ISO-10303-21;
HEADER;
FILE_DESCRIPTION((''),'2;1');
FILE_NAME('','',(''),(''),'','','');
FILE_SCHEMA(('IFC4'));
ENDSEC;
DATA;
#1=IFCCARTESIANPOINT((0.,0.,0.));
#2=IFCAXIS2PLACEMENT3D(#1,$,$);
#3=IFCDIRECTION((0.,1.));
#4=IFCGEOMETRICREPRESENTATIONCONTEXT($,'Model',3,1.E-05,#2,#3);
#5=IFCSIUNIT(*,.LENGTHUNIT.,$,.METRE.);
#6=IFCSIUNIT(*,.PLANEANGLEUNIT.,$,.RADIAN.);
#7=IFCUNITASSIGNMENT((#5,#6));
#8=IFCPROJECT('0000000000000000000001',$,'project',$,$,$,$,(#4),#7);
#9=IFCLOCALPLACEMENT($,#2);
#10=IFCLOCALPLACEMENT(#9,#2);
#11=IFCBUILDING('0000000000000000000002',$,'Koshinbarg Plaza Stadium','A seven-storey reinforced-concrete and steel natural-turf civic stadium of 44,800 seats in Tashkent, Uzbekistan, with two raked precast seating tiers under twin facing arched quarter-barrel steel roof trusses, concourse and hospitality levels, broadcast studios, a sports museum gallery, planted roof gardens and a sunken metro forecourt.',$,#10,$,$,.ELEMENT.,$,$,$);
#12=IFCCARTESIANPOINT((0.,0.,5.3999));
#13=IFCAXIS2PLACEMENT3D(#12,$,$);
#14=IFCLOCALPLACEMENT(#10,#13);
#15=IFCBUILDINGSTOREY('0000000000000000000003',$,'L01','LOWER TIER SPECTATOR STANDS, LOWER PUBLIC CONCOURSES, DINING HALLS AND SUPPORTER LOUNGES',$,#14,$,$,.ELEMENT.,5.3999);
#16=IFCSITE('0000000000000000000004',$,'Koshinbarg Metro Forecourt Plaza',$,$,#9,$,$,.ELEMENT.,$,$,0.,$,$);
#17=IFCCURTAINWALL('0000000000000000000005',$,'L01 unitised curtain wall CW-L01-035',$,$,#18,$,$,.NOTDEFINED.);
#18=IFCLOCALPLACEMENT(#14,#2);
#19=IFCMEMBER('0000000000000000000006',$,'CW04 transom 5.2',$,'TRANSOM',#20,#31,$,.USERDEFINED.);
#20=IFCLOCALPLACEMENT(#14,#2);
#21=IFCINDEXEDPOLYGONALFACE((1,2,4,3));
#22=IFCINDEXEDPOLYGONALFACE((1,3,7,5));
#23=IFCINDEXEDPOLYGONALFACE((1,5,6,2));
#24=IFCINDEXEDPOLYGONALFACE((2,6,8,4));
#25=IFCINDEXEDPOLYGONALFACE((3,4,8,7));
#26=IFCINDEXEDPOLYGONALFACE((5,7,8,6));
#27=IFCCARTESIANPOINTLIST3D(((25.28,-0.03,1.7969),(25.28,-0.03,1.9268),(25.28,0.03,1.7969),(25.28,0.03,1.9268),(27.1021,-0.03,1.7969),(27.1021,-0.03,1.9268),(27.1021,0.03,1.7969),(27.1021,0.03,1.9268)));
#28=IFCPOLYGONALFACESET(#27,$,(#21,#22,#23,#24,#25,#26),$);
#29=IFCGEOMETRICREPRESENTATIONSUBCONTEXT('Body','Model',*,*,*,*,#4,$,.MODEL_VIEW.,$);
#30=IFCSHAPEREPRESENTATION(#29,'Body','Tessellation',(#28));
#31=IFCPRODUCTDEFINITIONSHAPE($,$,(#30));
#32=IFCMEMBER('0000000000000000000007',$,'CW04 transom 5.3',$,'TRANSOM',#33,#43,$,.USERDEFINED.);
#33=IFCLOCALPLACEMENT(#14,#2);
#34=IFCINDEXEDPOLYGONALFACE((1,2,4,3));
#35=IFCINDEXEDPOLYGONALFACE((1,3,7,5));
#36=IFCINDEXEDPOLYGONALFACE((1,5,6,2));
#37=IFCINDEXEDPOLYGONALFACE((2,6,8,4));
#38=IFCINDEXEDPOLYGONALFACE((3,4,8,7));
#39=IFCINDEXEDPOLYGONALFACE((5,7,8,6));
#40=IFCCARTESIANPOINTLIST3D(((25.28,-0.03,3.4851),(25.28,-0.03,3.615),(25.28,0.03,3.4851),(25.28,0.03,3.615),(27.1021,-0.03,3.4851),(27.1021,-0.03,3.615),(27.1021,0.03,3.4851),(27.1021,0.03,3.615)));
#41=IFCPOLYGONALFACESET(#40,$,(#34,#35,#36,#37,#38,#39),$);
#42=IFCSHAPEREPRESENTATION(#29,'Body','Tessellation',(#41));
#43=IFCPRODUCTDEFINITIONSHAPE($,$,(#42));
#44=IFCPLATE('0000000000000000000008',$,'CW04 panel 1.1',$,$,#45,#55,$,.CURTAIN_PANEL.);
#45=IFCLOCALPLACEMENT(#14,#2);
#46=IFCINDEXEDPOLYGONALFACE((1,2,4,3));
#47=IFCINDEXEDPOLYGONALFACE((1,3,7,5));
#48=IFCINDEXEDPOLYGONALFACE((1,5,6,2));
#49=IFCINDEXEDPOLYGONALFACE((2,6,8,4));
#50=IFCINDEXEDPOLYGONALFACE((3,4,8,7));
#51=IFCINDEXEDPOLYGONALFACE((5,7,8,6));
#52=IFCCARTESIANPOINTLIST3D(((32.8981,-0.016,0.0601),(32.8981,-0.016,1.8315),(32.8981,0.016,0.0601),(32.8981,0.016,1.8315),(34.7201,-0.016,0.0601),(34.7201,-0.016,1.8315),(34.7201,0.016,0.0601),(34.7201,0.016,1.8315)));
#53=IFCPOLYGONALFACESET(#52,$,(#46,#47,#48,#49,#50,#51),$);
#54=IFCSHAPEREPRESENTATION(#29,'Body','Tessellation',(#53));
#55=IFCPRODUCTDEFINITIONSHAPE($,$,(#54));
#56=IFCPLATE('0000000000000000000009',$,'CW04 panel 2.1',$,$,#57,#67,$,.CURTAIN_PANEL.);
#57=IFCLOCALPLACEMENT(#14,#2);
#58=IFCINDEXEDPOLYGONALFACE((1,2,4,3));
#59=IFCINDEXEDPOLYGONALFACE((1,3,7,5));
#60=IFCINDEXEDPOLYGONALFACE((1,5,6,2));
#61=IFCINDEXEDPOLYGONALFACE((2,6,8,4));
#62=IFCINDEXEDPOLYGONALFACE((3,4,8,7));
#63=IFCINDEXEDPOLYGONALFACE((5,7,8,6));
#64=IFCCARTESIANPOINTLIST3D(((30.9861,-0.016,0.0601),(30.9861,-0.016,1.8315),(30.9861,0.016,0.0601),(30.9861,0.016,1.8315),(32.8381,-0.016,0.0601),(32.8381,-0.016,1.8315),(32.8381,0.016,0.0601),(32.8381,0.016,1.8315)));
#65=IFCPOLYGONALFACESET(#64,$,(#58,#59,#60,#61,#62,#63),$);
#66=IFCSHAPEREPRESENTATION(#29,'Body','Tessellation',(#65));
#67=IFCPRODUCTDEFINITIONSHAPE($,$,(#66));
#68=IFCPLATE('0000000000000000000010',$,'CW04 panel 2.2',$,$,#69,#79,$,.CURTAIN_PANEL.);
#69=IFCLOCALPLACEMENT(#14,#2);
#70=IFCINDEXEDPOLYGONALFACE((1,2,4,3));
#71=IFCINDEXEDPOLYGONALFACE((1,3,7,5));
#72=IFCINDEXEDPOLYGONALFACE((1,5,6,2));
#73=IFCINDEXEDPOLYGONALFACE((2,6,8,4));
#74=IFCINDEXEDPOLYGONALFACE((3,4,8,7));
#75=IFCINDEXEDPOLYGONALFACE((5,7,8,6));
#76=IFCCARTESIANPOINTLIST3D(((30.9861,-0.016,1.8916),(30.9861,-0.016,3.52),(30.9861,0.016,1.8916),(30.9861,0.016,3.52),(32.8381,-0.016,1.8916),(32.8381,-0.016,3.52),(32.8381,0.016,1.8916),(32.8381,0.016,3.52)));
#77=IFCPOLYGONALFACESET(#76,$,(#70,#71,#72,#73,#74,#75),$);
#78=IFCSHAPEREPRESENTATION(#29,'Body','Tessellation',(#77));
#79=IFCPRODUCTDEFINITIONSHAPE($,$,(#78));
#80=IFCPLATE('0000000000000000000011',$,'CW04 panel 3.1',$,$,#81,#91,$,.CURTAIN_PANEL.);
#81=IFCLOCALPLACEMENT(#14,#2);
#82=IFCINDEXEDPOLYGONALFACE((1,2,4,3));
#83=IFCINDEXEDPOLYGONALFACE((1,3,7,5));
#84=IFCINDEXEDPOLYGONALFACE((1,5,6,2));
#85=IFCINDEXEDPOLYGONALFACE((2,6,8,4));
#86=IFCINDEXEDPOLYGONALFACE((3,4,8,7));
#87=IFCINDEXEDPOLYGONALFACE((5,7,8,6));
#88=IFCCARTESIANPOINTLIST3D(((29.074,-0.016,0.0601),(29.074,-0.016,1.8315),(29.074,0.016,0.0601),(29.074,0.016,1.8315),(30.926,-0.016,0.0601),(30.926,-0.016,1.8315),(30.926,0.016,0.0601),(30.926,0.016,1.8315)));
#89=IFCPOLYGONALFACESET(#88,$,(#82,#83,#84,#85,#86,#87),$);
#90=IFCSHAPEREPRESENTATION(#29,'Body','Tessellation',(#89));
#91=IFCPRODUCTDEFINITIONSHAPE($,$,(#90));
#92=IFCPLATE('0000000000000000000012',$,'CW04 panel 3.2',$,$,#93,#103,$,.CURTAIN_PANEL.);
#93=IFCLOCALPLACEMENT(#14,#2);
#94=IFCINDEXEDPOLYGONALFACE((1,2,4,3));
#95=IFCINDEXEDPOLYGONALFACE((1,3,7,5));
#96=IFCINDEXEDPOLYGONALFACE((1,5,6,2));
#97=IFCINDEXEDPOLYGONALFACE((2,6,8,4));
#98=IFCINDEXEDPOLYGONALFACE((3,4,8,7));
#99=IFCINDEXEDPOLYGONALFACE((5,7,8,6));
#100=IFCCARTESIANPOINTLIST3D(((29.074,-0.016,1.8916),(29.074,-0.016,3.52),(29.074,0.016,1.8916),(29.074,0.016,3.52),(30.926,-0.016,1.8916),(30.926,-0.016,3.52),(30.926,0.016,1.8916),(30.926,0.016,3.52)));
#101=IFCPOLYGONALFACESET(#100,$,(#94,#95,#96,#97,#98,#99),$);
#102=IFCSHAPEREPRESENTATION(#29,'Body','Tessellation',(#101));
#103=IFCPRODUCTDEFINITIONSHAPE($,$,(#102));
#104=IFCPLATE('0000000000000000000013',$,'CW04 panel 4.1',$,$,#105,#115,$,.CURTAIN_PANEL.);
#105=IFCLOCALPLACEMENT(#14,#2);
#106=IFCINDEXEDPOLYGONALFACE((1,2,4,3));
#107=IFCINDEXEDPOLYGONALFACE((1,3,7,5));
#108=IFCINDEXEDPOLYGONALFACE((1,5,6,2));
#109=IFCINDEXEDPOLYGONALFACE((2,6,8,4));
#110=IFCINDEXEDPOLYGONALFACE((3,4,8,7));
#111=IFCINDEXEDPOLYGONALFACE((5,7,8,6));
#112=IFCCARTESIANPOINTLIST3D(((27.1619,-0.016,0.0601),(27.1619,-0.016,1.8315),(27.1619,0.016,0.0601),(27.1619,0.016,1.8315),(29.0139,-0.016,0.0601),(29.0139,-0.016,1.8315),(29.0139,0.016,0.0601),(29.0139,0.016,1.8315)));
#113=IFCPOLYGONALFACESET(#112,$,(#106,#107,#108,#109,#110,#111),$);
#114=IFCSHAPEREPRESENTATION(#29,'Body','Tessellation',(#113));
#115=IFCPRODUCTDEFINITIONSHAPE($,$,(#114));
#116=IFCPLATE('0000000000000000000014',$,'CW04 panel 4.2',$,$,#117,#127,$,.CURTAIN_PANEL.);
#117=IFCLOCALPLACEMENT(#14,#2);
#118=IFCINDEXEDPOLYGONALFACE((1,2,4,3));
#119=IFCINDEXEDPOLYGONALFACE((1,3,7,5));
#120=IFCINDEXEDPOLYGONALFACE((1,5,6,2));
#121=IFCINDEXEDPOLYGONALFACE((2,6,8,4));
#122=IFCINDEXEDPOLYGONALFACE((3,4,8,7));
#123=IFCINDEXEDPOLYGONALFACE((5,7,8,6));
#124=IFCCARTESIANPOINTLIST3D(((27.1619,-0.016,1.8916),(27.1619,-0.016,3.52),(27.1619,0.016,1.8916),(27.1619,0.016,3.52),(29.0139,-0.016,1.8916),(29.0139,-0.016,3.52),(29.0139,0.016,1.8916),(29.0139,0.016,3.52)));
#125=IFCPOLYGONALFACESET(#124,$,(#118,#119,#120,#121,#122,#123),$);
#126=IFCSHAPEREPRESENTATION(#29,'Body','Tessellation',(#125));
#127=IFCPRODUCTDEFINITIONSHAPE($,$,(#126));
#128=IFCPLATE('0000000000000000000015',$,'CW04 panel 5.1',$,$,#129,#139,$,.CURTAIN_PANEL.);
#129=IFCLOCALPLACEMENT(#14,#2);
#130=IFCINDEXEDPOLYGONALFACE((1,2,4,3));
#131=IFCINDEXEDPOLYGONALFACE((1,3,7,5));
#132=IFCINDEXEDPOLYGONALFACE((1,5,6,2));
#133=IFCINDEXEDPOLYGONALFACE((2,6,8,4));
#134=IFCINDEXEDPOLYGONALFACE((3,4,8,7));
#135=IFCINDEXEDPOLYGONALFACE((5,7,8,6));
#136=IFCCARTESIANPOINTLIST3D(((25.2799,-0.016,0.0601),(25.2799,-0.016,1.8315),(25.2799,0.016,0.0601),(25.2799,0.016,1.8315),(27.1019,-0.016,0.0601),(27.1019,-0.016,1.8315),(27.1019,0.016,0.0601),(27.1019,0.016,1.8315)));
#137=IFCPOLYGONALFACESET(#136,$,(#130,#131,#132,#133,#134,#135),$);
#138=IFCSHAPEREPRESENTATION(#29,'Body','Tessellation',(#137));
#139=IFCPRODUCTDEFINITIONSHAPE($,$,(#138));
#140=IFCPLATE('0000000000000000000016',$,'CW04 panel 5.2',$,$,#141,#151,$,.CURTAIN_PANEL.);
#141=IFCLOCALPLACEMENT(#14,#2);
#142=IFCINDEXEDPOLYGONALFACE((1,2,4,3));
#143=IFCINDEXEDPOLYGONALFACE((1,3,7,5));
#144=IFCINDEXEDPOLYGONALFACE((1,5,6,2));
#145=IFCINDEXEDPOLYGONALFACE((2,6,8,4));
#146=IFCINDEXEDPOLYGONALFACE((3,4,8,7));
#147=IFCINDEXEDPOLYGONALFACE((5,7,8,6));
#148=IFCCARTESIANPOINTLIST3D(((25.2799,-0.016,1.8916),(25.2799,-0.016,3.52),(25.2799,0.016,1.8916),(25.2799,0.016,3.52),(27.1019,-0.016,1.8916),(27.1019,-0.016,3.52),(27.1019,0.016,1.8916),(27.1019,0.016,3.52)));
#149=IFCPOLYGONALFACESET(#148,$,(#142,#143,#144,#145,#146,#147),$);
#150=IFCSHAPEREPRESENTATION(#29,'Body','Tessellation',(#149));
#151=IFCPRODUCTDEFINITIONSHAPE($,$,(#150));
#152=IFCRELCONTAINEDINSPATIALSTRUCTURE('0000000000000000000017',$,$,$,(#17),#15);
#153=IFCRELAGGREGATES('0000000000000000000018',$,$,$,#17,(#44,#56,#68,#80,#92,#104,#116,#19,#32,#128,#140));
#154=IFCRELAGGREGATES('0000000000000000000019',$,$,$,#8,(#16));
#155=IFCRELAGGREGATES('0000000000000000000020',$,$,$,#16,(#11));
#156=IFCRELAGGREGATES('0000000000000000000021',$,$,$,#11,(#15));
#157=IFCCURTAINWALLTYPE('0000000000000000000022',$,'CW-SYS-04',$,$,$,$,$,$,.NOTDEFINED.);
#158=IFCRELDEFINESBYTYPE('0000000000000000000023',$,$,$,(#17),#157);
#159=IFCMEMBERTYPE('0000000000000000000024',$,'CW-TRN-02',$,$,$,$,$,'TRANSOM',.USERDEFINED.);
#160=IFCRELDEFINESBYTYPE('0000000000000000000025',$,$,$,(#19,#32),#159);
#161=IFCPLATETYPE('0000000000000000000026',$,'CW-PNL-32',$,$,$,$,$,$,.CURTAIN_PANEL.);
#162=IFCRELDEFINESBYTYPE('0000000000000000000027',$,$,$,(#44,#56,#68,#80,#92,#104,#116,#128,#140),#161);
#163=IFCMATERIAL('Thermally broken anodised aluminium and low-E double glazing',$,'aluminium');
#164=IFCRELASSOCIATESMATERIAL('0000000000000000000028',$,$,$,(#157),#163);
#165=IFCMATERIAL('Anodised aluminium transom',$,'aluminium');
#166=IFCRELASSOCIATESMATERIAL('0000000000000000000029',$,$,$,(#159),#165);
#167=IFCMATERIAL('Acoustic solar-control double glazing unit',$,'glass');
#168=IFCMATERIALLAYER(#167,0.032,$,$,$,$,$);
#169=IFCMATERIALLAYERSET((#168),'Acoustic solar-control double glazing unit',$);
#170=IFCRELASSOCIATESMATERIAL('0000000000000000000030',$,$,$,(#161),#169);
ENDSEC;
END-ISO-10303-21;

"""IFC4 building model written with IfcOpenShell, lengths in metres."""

from ifc_helpers import new_model, si_unit, direction, frame, origin, origin_2d, place, context, subcontext, project, spatial, rectangle, extrude, material, layer, layer_set, material_profile, profile_set, type_object, element, aggregate, save


model = new_model("IFC4")

# Units and contexts
model_context = context("Model", 3, precision=1e-05, world=origin(), true_north=direction((0.0, 1.0)))
body_context = subcontext(model_context, "Body", "Model", "MODEL_VIEW")
ifc_project = project(units=[si_unit("LENGTHUNIT", "METRE"), si_unit("PLANEANGLEUNIT", "RADIAN")], contexts=[model_context])

# Site, building, storey
site_placement = place(None, origin())
site = spatial("IfcSite", under=ifc_project, at=site_placement, Name="Koshinbarg Metro Forecourt Plaza", CompositionType="ELEMENT", RefElevation=0.0)
building_placement = place(site_placement, origin())
building = spatial("IfcBuilding", under=site, at=building_placement, Name="Koshinbarg Plaza Stadium", Description="A seven-storey reinforced-concrete and steel natural-turf civic stadium of 44,800 seats in Tashkent, Uzbekistan, with two raked precast seating tiers under twin facing arched quarter-barrel steel roof trusses, concourse and hospitality levels, broadcast studios, a sports museum gallery, planted roof gardens and a sunken metro forecourt.", CompositionType="ELEMENT")
storey_placement = place(building_placement, frame((0.0, 0.0, 5.3999)))
storey = spatial("IfcBuildingStorey", under=building, at=storey_placement, Name="L01", Description="LOWER TIER SPECTATOR STANDS, LOWER PUBLIC CONCOURSES, DINING HALLS AND SUPPORTER LOUNGES", CompositionType="ELEMENT", Elevation=5.3999)

# Curtain wall, members, plates
ifc_material_1 = material(Name="Thermally broken anodised aluminium and low-E double glazing", Category="aluminium")
curtain_wall_type = type_object("IfcCurtainWallType", Name="CW-SYS-04", PredefinedType="NOTDEFINED", material=ifc_material_1)
curtain_wall_placement = place(storey_placement, origin())
curtain_wall = element("IfcCurtainWall", 1, at=curtain_wall_placement, inside=storey, type_object=curtain_wall_type, Name="L01 unitised curtain wall CW-L01-035", PredefinedType="NOTDEFINED")
ifc_material_2 = material(Name="Anodised aluminium transom", Category="aluminium")
ifc_material_profile_1 = material_profile(ifc_material_2, rectangle(XDim=0.0601, YDim=0.1299, at=origin_2d()), Name="ALU 60x130")
ifc_profile_set_1 = profile_set([ifc_material_profile_1], Name="Anodised aluminium transom")
member_type_1 = type_object("IfcMemberType", Name="CW-TRN-02", ElementType="TRANSOM", PredefinedType="USERDEFINED", material=ifc_profile_set_1)
member_1_placement = place(storey_placement, frame((27.1021, 0.0, 1.8618), z_axis=(-1.0, 0.0, 0.0), x_axis=(0.0, -1.0, 0.0)))
member_1 = element("IfcMember", 2, at=member_1_placement, type_object=member_type_1, Name="CW04 transom 5.2", ObjectType="TRANSOM", PredefinedType="USERDEFINED", context=body_context, shape_type="SweptSolid", body=[
    extrude(rectangle(XDim=0.0601, YDim=0.1299, at=origin_2d()), origin(), (0.0, 0.0, 1.0), 1.822),
])
member_2_placement = place(storey_placement, frame((27.1021, 0.0, 3.55), z_axis=(-1.0, 0.0, 0.0), x_axis=(0.0, -1.0, 0.0)))
member_2 = element("IfcMember", 3, at=member_2_placement, type_object=member_type_1, Name="CW04 transom 5.3", ObjectType="TRANSOM", PredefinedType="USERDEFINED", context=body_context, shape_type="SweptSolid", body=[
    extrude(rectangle(XDim=0.0601, YDim=0.1299, at=origin_2d()), origin(), (0.0, 0.0, 1.0), 1.822),
])
ifc_material_3 = material(Name="Acoustic solar-control double glazing unit", Category="glass")
ifc_layer = layer(ifc_material_3, 0.032)
ifc_layer_set = layer_set([ifc_layer], Name="Acoustic solar-control double glazing unit")
plate_type = type_object("IfcPlateType", Name="CW-PNL-32", PredefinedType="CURTAIN_PANEL", material=ifc_layer_set)
plate_1_placement = place(storey_placement, frame((33.8091, 0.0, 0.0601), z_axis=(0.0, 0.0, 1.0), x_axis=(-1.0, 0.0, 0.0)))
plate_1 = element("IfcPlate", 4, at=plate_1_placement, type_object=plate_type, Name="CW04 panel 1.1", PredefinedType="CURTAIN_PANEL", context=body_context, shape_type="SweptSolid", body=[
    extrude(rectangle(XDim=1.822, YDim=0.032, at=origin_2d()), origin(), (0.0, 0.0, 1.0), 1.7715),
])
plate_2_placement = place(storey_placement, frame((31.9121, 0.0, 0.0601), z_axis=(0.0, 0.0, 1.0), x_axis=(-1.0, 0.0, 0.0)))
plate_2 = element("IfcPlate", 5, at=plate_2_placement, type_object=plate_type, Name="CW04 panel 2.1", PredefinedType="CURTAIN_PANEL", context=body_context, shape_type="SweptSolid", body=[
    extrude(rectangle(XDim=1.8521, YDim=0.032, at=origin_2d()), origin(), (0.0, 0.0, 1.0), 1.7715),
])
plate_3_placement = place(storey_placement, frame((31.9121, 0.0, 1.8916), z_axis=(0.0, 0.0, 1.0), x_axis=(-1.0, 0.0, 0.0)))
plate_3 = element("IfcPlate", 6, at=plate_3_placement, type_object=plate_type, Name="CW04 panel 2.2", PredefinedType="CURTAIN_PANEL", context=body_context, shape_type="SweptSolid", body=[
    extrude(rectangle(XDim=1.8521, YDim=0.032, at=origin_2d()), origin(), (0.0, 0.0, 1.0), 1.6284),
])
plate_4_placement = place(storey_placement, frame((30.0, 0.0, 0.0601), z_axis=(0.0, 0.0, 1.0), x_axis=(-1.0, 0.0, 0.0)))
plate_4 = element("IfcPlate", 7, at=plate_4_placement, type_object=plate_type, Name="CW04 panel 3.1", PredefinedType="CURTAIN_PANEL", context=body_context, shape_type="SweptSolid", body=[
    extrude(rectangle(XDim=1.8521, YDim=0.032, at=origin_2d()), origin(), (0.0, 0.0, 1.0), 1.7715),
])
plate_5_placement = place(storey_placement, frame((30.0, 0.0, 1.8916), z_axis=(0.0, 0.0, 1.0), x_axis=(-1.0, 0.0, 0.0)))
plate_5 = element("IfcPlate", 8, at=plate_5_placement, type_object=plate_type, Name="CW04 panel 3.2", PredefinedType="CURTAIN_PANEL", context=body_context, shape_type="SweptSolid", body=[
    extrude(rectangle(XDim=1.8521, YDim=0.032, at=origin_2d()), origin(), (0.0, 0.0, 1.0), 1.6284),
])
plate_6_placement = place(storey_placement, frame((28.0879, 0.0, 0.0601), z_axis=(0.0, 0.0, 1.0), x_axis=(-1.0, 0.0, 0.0)))
plate_6 = element("IfcPlate", 9, at=plate_6_placement, type_object=plate_type, Name="CW04 panel 4.1", PredefinedType="CURTAIN_PANEL", context=body_context, shape_type="SweptSolid", body=[
    extrude(rectangle(XDim=1.8521, YDim=0.032, at=origin_2d()), origin(), (0.0, 0.0, 1.0), 1.7715),
])
plate_7_placement = place(storey_placement, frame((28.0879, 0.0, 1.8916), z_axis=(0.0, 0.0, 1.0), x_axis=(-1.0, 0.0, 0.0)))
plate_7 = element("IfcPlate", 10, at=plate_7_placement, type_object=plate_type, Name="CW04 panel 4.2", PredefinedType="CURTAIN_PANEL", context=body_context, shape_type="SweptSolid", body=[
    extrude(rectangle(XDim=1.8521, YDim=0.032, at=origin_2d()), origin(), (0.0, 0.0, 1.0), 1.6284),
])
plate_8_placement = place(storey_placement, frame((26.1909, 0.0, 0.0601), z_axis=(0.0, 0.0, 1.0), x_axis=(-1.0, 0.0, 0.0)))
plate_8 = element("IfcPlate", 11, at=plate_8_placement, type_object=plate_type, Name="CW04 panel 5.1", PredefinedType="CURTAIN_PANEL", context=body_context, shape_type="SweptSolid", body=[
    extrude(rectangle(XDim=1.822, YDim=0.032, at=origin_2d()), origin(), (0.0, 0.0, 1.0), 1.7715),
])
plate_9_placement = place(storey_placement, frame((26.1909, 0.0, 1.8916), z_axis=(0.0, 0.0, 1.0), x_axis=(-1.0, 0.0, 0.0)))
plate_9 = element("IfcPlate", 12, at=plate_9_placement, type_object=plate_type, Name="CW04 panel 5.2", PredefinedType="CURTAIN_PANEL", context=body_context, shape_type="SweptSolid", body=[
    extrude(rectangle(XDim=1.822, YDim=0.032, at=origin_2d()), origin(), (0.0, 0.0, 1.0), 1.6284),
])
aggregate(curtain_wall, [plate_1, plate_2, plate_3, plate_4, plate_5, plate_6, plate_7, member_1, member_2, plate_8, plate_9])

save(model, "model.ifc")
